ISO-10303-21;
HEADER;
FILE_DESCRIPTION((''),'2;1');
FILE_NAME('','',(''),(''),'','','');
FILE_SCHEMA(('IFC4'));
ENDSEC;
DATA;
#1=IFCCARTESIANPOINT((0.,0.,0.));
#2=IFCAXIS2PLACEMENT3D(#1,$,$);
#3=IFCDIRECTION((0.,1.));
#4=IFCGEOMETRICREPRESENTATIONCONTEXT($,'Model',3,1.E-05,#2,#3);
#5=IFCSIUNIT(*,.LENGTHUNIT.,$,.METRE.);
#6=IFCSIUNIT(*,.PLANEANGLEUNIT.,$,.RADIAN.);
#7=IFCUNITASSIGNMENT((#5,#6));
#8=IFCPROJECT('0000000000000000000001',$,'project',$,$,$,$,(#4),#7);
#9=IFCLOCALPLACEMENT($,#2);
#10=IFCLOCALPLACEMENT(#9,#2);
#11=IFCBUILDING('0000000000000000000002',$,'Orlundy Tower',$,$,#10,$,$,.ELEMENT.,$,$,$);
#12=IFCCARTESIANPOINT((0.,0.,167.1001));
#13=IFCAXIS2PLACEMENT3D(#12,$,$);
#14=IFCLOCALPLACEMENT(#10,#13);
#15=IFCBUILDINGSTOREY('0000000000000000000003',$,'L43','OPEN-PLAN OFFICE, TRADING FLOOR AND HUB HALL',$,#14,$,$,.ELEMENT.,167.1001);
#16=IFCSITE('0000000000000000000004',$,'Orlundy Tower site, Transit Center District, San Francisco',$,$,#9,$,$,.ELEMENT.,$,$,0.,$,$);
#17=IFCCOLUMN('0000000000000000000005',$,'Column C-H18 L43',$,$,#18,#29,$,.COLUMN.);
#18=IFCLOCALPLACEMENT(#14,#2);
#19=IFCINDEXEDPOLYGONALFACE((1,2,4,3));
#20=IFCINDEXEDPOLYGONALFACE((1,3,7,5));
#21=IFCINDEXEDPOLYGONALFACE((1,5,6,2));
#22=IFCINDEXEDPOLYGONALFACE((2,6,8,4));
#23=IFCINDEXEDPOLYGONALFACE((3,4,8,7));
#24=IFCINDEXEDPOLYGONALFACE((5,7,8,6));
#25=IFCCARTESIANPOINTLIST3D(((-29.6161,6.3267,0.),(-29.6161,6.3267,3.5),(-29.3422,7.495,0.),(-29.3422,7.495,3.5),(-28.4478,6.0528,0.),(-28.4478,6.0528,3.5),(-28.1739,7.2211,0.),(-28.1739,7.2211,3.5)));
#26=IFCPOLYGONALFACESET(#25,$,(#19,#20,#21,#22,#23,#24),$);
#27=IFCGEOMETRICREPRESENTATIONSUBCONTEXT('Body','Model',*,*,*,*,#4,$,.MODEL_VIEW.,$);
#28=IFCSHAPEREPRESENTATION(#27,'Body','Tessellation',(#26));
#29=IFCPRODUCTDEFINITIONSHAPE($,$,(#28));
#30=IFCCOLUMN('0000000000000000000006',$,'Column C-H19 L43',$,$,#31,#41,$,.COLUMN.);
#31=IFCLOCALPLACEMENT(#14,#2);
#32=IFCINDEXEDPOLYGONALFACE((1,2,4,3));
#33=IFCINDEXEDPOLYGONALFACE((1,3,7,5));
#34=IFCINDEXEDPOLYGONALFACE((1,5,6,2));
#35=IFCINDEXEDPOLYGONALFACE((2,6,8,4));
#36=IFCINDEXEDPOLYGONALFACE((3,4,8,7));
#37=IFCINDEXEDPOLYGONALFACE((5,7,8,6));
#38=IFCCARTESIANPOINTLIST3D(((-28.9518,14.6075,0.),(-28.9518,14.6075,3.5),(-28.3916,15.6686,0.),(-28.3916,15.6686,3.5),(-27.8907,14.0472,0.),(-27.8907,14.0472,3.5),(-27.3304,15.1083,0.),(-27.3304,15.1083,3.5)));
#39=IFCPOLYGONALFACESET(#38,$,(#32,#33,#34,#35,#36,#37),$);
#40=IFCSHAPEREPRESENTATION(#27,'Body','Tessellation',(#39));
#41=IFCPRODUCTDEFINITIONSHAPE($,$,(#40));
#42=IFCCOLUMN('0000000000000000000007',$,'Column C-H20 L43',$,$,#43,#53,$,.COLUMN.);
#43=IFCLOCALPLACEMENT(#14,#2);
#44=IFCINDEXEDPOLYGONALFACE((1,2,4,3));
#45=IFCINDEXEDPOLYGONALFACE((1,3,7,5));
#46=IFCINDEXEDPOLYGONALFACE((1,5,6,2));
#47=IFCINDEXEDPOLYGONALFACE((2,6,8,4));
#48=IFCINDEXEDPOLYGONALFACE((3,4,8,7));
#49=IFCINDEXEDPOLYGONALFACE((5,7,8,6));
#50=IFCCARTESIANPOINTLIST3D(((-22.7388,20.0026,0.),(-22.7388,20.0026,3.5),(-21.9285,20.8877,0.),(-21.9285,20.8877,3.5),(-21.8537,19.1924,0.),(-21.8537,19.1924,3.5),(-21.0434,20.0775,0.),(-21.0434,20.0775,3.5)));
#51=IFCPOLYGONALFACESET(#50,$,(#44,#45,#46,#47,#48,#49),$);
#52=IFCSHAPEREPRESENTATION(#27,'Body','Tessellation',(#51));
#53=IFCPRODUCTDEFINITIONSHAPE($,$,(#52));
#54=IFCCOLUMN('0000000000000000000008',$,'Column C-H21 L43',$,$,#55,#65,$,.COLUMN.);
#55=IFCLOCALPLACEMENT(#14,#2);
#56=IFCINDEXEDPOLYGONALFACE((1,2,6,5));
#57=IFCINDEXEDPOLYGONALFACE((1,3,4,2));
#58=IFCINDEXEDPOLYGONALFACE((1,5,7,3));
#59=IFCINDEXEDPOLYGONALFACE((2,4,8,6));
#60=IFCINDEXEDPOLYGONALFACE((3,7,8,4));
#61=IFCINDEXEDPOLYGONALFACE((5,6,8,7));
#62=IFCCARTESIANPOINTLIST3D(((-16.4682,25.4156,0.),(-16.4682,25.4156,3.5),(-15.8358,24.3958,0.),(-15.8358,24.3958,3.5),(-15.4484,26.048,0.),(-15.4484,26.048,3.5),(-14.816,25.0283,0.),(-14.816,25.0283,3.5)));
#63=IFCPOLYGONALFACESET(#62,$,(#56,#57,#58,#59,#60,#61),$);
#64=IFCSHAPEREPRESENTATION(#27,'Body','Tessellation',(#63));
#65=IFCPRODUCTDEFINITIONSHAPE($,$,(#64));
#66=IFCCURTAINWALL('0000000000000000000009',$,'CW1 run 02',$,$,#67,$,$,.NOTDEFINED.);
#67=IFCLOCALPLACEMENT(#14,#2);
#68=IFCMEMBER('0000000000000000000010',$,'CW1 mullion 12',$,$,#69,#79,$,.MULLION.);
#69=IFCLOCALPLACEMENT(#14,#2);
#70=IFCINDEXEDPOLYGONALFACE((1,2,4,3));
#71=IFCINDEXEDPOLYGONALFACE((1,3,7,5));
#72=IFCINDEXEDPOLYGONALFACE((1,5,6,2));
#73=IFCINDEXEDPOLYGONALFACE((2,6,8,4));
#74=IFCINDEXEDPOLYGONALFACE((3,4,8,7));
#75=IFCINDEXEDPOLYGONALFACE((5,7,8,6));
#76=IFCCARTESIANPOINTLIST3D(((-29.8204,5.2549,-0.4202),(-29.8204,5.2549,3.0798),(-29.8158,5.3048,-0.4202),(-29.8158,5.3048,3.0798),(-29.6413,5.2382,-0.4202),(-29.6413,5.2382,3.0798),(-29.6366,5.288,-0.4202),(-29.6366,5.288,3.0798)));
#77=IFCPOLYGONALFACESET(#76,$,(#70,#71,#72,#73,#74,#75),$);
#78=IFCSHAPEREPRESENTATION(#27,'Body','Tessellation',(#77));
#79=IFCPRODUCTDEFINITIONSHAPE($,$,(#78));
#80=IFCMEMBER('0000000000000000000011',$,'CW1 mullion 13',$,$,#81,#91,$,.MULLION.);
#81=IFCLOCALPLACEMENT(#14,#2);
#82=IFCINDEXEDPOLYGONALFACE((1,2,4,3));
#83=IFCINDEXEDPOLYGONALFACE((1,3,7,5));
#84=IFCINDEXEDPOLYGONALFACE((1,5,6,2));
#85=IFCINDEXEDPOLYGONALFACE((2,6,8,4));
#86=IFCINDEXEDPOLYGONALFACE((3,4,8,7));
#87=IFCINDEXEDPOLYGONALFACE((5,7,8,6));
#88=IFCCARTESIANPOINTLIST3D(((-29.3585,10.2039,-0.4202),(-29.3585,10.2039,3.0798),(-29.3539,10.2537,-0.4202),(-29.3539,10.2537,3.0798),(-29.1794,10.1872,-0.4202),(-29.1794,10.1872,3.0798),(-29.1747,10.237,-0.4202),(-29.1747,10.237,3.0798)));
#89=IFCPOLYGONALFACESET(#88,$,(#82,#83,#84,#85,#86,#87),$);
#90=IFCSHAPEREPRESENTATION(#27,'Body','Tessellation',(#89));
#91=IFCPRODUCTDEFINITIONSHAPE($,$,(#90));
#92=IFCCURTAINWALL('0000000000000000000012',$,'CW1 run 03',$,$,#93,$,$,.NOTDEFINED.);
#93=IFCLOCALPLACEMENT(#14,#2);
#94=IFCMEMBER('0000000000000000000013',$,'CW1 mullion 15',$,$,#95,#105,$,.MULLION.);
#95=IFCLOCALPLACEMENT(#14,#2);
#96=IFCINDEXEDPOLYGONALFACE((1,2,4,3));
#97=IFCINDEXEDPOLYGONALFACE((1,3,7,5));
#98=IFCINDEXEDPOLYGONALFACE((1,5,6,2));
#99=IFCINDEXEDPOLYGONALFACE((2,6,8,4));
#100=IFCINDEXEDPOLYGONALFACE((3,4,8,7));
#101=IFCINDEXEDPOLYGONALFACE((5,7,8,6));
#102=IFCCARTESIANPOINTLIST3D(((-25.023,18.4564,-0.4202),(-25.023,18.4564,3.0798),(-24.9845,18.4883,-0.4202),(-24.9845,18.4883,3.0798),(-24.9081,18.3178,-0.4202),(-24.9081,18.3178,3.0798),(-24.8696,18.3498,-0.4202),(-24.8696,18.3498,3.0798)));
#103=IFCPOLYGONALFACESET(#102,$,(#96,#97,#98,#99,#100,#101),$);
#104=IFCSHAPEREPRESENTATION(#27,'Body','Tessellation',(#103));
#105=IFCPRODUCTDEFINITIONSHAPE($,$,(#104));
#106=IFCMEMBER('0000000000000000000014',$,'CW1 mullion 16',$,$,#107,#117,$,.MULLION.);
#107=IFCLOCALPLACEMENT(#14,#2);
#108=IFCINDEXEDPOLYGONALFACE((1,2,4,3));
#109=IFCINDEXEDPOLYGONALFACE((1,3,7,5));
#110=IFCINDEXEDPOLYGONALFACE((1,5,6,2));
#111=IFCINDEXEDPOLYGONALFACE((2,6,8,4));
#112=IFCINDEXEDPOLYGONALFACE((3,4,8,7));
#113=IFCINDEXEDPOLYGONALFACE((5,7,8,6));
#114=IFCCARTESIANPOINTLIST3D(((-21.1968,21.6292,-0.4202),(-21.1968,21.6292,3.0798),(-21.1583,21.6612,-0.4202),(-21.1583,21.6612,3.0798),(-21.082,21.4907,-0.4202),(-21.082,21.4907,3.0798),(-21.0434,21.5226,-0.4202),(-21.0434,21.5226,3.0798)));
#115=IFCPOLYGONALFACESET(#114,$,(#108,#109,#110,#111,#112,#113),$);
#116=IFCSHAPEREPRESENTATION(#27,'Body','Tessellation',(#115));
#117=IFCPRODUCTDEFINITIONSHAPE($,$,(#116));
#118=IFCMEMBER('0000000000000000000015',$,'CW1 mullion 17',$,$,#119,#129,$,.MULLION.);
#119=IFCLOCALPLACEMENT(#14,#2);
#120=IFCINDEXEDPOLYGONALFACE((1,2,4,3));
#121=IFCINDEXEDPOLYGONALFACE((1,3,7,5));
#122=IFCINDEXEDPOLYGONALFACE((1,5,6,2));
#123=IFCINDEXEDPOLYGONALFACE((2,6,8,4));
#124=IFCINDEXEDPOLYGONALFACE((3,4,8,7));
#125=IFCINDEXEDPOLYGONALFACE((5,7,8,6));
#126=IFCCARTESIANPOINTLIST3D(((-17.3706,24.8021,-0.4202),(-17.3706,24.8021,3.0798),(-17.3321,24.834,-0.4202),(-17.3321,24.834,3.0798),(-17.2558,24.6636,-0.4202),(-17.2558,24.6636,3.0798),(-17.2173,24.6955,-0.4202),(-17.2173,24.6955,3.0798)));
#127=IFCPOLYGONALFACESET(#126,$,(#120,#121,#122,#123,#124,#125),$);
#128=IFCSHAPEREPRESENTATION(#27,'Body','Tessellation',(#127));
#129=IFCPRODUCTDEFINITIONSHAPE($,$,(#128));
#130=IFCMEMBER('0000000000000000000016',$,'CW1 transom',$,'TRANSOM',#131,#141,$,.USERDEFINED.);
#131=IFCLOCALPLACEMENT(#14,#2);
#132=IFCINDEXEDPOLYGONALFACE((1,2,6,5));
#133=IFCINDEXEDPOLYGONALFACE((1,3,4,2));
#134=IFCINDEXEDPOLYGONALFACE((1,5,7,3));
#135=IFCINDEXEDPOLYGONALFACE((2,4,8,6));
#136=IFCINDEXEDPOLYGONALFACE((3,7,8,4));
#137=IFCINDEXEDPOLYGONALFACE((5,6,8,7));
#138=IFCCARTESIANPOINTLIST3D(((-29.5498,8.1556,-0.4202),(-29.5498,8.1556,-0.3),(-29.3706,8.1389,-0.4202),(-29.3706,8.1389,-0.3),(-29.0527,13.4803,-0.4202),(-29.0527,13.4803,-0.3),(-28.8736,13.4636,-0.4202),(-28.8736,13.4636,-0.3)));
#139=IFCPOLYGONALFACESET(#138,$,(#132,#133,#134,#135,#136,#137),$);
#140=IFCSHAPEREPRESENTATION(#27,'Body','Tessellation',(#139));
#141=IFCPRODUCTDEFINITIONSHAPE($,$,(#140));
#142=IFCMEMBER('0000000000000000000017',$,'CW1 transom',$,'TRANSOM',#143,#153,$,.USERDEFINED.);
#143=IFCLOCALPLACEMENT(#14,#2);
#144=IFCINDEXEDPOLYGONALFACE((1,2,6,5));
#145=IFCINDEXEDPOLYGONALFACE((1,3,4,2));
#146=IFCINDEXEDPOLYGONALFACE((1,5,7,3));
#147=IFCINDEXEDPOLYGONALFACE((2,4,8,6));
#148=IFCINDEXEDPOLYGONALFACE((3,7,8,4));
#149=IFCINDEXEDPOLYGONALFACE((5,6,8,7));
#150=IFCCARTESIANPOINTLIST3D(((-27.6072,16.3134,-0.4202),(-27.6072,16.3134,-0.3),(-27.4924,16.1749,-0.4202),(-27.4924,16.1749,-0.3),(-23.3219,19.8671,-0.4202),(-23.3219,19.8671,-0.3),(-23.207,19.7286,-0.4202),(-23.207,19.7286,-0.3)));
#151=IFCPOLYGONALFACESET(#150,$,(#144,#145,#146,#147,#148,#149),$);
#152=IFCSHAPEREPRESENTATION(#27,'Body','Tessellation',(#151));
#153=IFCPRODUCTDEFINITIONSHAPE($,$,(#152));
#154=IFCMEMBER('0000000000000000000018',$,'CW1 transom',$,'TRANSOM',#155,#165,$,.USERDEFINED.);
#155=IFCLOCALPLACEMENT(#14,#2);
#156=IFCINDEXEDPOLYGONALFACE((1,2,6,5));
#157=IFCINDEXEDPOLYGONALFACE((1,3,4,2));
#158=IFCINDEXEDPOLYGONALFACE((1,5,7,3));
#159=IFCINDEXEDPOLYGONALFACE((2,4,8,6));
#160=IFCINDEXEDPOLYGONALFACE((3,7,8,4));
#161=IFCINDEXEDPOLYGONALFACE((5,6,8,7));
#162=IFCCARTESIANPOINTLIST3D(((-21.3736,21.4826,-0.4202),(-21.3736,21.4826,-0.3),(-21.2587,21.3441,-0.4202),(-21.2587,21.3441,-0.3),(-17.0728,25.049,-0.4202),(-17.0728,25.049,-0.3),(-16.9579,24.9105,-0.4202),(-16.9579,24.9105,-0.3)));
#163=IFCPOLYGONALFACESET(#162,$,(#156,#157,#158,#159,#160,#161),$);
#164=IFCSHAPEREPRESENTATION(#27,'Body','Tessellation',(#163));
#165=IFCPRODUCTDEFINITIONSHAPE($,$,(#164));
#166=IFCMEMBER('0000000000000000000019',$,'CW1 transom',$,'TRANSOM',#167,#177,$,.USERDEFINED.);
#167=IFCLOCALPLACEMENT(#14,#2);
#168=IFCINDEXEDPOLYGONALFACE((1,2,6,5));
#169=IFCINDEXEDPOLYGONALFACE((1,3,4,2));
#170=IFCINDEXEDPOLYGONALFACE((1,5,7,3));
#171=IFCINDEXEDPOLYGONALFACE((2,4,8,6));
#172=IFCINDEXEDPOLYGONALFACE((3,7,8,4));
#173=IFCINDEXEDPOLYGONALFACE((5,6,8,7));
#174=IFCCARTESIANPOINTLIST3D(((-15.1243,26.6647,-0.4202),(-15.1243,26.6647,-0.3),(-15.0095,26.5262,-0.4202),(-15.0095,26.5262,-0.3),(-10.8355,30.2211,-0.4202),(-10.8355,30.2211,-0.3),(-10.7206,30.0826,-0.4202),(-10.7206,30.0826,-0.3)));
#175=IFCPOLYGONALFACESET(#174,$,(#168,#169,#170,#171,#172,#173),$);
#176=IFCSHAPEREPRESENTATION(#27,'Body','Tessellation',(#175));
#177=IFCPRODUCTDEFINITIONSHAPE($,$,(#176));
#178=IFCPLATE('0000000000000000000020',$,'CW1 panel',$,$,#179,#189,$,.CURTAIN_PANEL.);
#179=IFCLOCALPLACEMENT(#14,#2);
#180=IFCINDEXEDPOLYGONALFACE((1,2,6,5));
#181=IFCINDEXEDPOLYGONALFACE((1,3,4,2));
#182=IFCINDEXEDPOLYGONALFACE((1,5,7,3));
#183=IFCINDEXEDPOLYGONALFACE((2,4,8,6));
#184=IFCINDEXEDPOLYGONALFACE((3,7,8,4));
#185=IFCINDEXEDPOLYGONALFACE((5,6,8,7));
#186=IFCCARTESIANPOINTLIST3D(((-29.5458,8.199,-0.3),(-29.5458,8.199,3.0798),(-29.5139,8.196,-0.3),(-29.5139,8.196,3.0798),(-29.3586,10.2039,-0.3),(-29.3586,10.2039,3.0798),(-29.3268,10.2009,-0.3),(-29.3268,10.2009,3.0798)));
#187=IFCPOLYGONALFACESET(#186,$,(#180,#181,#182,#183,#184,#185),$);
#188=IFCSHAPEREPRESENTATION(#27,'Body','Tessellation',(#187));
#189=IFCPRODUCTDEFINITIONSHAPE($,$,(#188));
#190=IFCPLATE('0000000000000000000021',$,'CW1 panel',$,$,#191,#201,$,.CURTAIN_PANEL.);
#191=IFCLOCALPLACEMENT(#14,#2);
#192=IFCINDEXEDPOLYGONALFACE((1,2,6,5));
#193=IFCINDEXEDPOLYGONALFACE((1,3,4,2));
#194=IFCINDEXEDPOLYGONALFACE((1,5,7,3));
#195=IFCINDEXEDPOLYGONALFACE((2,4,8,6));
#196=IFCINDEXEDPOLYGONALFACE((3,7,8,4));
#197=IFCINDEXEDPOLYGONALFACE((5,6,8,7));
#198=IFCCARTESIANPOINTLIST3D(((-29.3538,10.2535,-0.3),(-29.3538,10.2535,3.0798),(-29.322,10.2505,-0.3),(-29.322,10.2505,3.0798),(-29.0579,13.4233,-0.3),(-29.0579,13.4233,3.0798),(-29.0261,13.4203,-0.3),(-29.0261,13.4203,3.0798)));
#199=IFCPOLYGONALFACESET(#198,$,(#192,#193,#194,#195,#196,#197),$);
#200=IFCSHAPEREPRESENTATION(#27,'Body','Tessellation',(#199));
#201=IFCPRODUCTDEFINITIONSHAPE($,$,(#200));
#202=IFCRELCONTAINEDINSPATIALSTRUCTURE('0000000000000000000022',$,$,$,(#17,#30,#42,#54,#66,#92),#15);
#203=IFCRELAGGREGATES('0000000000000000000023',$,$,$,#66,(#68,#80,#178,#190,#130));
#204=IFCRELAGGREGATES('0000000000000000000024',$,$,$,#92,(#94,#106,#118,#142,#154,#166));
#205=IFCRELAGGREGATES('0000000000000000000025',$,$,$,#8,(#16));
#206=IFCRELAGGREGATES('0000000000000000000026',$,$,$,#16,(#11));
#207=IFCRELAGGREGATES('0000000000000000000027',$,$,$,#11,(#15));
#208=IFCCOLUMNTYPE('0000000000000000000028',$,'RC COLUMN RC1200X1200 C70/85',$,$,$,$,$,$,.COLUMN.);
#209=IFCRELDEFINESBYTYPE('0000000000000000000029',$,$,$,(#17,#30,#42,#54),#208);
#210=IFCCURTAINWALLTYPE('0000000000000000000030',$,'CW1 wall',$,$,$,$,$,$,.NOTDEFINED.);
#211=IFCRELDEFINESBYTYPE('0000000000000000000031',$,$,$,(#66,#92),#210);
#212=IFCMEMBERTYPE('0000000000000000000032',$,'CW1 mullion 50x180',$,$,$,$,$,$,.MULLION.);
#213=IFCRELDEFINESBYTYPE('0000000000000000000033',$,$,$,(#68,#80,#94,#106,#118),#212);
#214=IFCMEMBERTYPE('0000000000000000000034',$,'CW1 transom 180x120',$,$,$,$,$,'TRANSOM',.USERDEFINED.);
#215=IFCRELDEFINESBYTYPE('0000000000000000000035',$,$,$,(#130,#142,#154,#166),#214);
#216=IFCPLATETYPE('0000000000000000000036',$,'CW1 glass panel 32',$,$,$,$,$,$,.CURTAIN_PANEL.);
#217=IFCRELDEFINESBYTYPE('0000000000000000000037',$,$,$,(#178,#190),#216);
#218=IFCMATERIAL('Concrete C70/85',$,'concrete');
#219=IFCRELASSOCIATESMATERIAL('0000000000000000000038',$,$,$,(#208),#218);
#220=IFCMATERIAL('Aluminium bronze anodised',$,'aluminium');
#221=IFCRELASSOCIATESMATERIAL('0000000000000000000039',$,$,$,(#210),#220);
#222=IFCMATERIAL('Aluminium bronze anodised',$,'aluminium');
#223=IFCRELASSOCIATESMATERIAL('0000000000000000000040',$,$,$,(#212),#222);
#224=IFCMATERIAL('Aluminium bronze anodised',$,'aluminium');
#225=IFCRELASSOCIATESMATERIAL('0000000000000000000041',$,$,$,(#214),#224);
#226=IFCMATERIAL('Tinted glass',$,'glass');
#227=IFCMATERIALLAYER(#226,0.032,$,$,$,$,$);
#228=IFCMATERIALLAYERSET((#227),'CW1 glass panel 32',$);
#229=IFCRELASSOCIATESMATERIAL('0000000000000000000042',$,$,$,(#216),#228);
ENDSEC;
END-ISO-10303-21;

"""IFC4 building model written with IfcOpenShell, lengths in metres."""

from ifc_helpers import new_model, si_unit, direction, frame, origin, origin_2d, place, context, subcontext, project, spatial, rectangle, extrude, material, layer, layer_set, material_profile, profile_set, type_object, element, aggregate, save


model = new_model("IFC4")

# Units and contexts
model_context = context("Model", 3, precision=1e-05, world=origin(), true_north=direction((0.0, 1.0)))
body_context = subcontext(model_context, "Body", "Model", "MODEL_VIEW")
ifc_project = project(units=[si_unit("LENGTHUNIT", "METRE"), si_unit("PLANEANGLEUNIT", "RADIAN")], contexts=[model_context])

# Site, building, storey
site_placement = place(None, origin())
site = spatial("IfcSite", under=ifc_project, at=site_placement, Name="Orlundy Tower site, Transit Center District, San Francisco", CompositionType="ELEMENT", RefElevation=0.0)
building_placement = place(site_placement, origin())
building = spatial("IfcBuilding", under=site, at=building_placement, Name="Orlundy Tower", CompositionType="ELEMENT")
storey_placement = place(building_placement, frame((0.0, 0.0, 167.1001)))
storey = spatial("IfcBuildingStorey", under=building, at=storey_placement, Name="L43", Description="OPEN-PLAN OFFICE, TRADING FLOOR AND HUB HALL", CompositionType="ELEMENT", Elevation=167.1001)

# Columns
ifc_material_1 = material(Name="Concrete C70/85", Category="concrete")
ifc_material_profile_1 = material_profile(ifc_material_1, rectangle(XDim=1.2, YDim=1.2, at=origin_2d()), Name="RC1200X1200")
ifc_profile_set_1 = profile_set([ifc_material_profile_1], Name="Concrete C70/85")
column_type = type_object("IfcColumnType", Name="RC COLUMN RC1200X1200 C70/85", PredefinedType="COLUMN", material=ifc_profile_set_1)
for number, where, z_axis, x_axis, name in (
    (1, (-28.895, 6.7739, 0.0), (0.0, 0.0, 1.0), (-0.973603, 0.228249, 0.0), "Column C-H18 L43"),
    (2, (-28.1411, 14.8579, 0.0), (0.0, 0.0, 1.0), (-0.884312, 0.466896, 0.0), "Column C-H19 L43"),
    (3, (-21.8911, 20.04, 0.0), (0.0, 0.0, 1.0), (-0.737607, 0.67523, 0.0), "Column C-H20 L43"),
    (4, (-15.6421, 25.2219, 0.0), (0.0, 0.0, 1.0), (-0.527045, 0.849838, 0.0), "Column C-H21 L43"),
):
    element("IfcColumn", number, at=place(storey_placement, frame(where, z_axis=z_axis, x_axis=x_axis)), inside=storey, type_object=column_type, Name=name, PredefinedType="COLUMN", context=body_context, shape_type="SweptSolid", body=[
        extrude(rectangle(XDim=1.2, YDim=1.2, at=origin_2d()), origin(), (0.0, 0.0, 1.0), 3.5),
    ])

# Curtain walls, members
ifc_material_2 = material(Name="Aluminium bronze anodised", Category="aluminium")
curtain_wall_type = type_object("IfcCurtainWallType", Name="CW1 wall", PredefinedType="NOTDEFINED", material=ifc_material_2)
curtain_wall_1_placement = place(storey_placement, origin())
curtain_wall_1 = element("IfcCurtainWall", 5, at=curtain_wall_1_placement, inside=storey, type_object=curtain_wall_type, Name="CW1 run 02", PredefinedType="NOTDEFINED")
ifc_material_3 = material(Name="Aluminium bronze anodised", Category="aluminium")
ifc_material_profile_2 = material_profile(ifc_material_3, rectangle(XDim=0.1799, YDim=0.05, at=origin_2d()), Name="CW1 mullion 50x180")
ifc_profile_set_2 = profile_set([ifc_material_profile_2], Name="Aluminium bronze anodised")
member_type_1 = type_object("IfcMemberType", Name="CW1 mullion 50x180", PredefinedType="MULLION", material=ifc_profile_set_2)
member_1_placement = place(storey_placement, frame((-29.7285, 5.2715, -0.4202), z_axis=(0.0, 0.0, 1.0), x_axis=(-0.995671, 0.092948, 0.0)))
member_1 = element("IfcMember", 6, at=member_1_placement, type_object=member_type_1, Name="CW1 mullion 12", PredefinedType="MULLION", context=body_context, shape_type="SweptSolid", body=[
    extrude(rectangle(XDim=0.1799, YDim=0.05, at=origin_2d()), origin(), (0.0, 0.0, 1.0), 3.5),
])
member_2_placement = place(storey_placement, frame((-29.2666, 10.2205, -0.4202), z_axis=(0.0, 0.0, 1.0), x_axis=(-0.995671, 0.092948, 0.0)))
member_2 = element("IfcMember", 7, at=member_2_placement, type_object=member_type_1, Name="CW1 mullion 13", PredefinedType="MULLION", context=body_context, shape_type="SweptSolid", body=[
    extrude(rectangle(XDim=0.1799, YDim=0.05, at=origin_2d()), origin(), (0.0, 0.0, 1.0), 3.5),
])
curtain_wall_2_placement = place(storey_placement, origin())
curtain_wall_2 = element("IfcCurtainWall", 8, at=curtain_wall_2_placement, inside=storey, type_object=curtain_wall_type, Name="CW1 run 03", PredefinedType="NOTDEFINED")
member_3_placement = place(storey_placement, frame((-24.9463, 18.4031, -0.4202), z_axis=(0.0, 0.0, 1.0), x_axis=(-0.638318, 0.769772, 0.0)))
member_3 = element("IfcMember", 9, at=member_3_placement, type_object=member_type_1, Name="CW1 mullion 15", PredefinedType="MULLION", context=body_context, shape_type="SweptSolid", body=[
    extrude(rectangle(XDim=0.1799, YDim=0.05, at=origin_2d()), origin(), (0.0, 0.0, 1.0), 3.5),
])
member_4_placement = place(storey_placement, frame((-21.1201, 21.5759, -0.4202), z_axis=(0.0, 0.0, 1.0), x_axis=(-0.638318, 0.769772, 0.0)))
member_4 = element("IfcMember", 10, at=member_4_placement, type_object=member_type_1, Name="CW1 mullion 16", PredefinedType="MULLION", context=body_context, shape_type="SweptSolid", body=[
    extrude(rectangle(XDim=0.1799, YDim=0.05, at=origin_2d()), origin(), (0.0, 0.0, 1.0), 3.5),
])
member_5_placement = place(storey_placement, frame((-17.2939, 24.7488, -0.4202), z_axis=(0.0, 0.0, 1.0), x_axis=(-0.638318, 0.769772, 0.0)))
member_5 = element("IfcMember", 11, at=member_5_placement, type_object=member_type_1, Name="CW1 mullion 17", PredefinedType="MULLION", context=body_context, shape_type="SweptSolid", body=[
    extrude(rectangle(XDim=0.1799, YDim=0.05, at=origin_2d()), origin(), (0.0, 0.0, 1.0), 3.5),
])

# Members
ifc_material_4 = material(Name="Aluminium bronze anodised", Category="aluminium")
ifc_material_profile_3 = material_profile(ifc_material_4, rectangle(XDim=0.1799, YDim=0.1201, at=origin_2d()), Name="CW1 transom 180x120")
ifc_profile_set_3 = profile_set([ifc_material_profile_3], Name="Aluminium bronze anodised")
member_type_2 = type_object("IfcMemberType", Name="CW1 transom 180x120", ElementType="TRANSOM", PredefinedType="USERDEFINED", material=ifc_profile_set_3)
member_6_placement = place(storey_placement, frame((-29.4602, 8.1472, -0.3601), z_axis=(0.092948, 0.995671, 0.0), x_axis=(-0.995671, 0.092948, 0.0)))
member_6 = element("IfcMember", 12, at=member_6_placement, type_object=member_type_2, Name="CW1 transom", ObjectType="TRANSOM", PredefinedType="USERDEFINED", context=body_context, shape_type="SweptSolid", body=[
    extrude(rectangle(XDim=0.1799, YDim=0.1201, at=origin_2d()), origin(), (0.0, 0.0, 1.0), 5.3479),
])
member_7_placement = place(storey_placement, frame((-27.5498, 16.2441, -0.3601), z_axis=(0.769761, 0.638332, 0.0), x_axis=(-0.638332, 0.769761, 0.0)))
member_7 = element("IfcMember", 13, at=member_7_placement, type_object=member_type_2, Name="CW1 transom", ObjectType="TRANSOM", PredefinedType="USERDEFINED", context=body_context, shape_type="SweptSolid", body=[
    extrude(rectangle(XDim=0.1799, YDim=0.1201, at=origin_2d()), origin(), (0.0, 0.0, 1.0), 5.5671),
])
member_8_placement = place(storey_placement, frame((-21.3162, 21.4133, -0.3601), z_axis=(0.769766, 0.638326, 0.0), x_axis=(-0.638326, 0.769766, 0.0)))
member_8 = element("IfcMember", 14, at=member_8_placement, type_object=member_type_2, Name="CW1 transom", ObjectType="TRANSOM", PredefinedType="USERDEFINED", context=body_context, shape_type="SweptSolid", body=[
    extrude(rectangle(XDim=0.1799, YDim=0.1201, at=origin_2d()), origin(), (0.0, 0.0, 1.0), 5.5872),
])
member_9_placement = place(storey_placement, frame((-15.0669, 26.5955, -0.3601), z_axis=(0.769774, 0.638316, 0.0), x_axis=(-0.638316, 0.769774, 0.0)))
member_9 = element("IfcMember", 15, at=member_9_placement, type_object=member_type_2, Name="CW1 transom", ObjectType="TRANSOM", PredefinedType="USERDEFINED", context=body_context, shape_type="SweptSolid", body=[
    extrude(rectangle(XDim=0.1799, YDim=0.1201, at=origin_2d()), origin(), (0.0, 0.0, 1.0), 5.5715),
])

# Plates
ifc_material_5 = material(Name="Tinted glass", Category="glass")
ifc_layer_1 = layer(ifc_material_5, 0.032)
ifc_layer_set_1 = layer_set([ifc_layer_1], Name="CW1 glass panel 32")
plate_type = type_object("IfcPlateType", Name="CW1 glass panel 32", PredefinedType="CURTAIN_PANEL", material=ifc_layer_set_1)
plate_1_placement = place(storey_placement, frame((-29.4363, 9.2, -0.3), z_axis=(0.0, 0.0, 1.0), x_axis=(0.092948, 0.995671, 0.0)))
plate_1 = element("IfcPlate", 16, at=plate_1_placement, type_object=plate_type, Name="CW1 panel", PredefinedType="CURTAIN_PANEL", context=body_context, shape_type="SweptSolid", body=[
    extrude(rectangle(XDim=2.0137, YDim=0.032, at=origin_2d()), origin(), (0.0, 0.0, 1.0), 3.3799),
])
plate_2_placement = place(storey_placement, frame((-29.1899, 11.8369, -0.3), z_axis=(0.0, 0.0, 1.0), x_axis=(0.092948, 0.995671, 0.0)))
plate_2 = element("IfcPlate", 17, at=plate_2_placement, type_object=plate_type, Name="CW1 panel", PredefinedType="CURTAIN_PANEL", context=body_context, shape_type="SweptSolid", body=[
    extrude(rectangle(XDim=3.1836, YDim=0.032, at=origin_2d()), origin(), (0.0, 0.0, 1.0), 3.3799),
])
aggregate(curtain_wall_1, [member_1, member_2, plate_1, plate_2, member_6])
aggregate(curtain_wall_2, [member_3, member_4, member_5, member_7, member_8, member_9])

save(model, "model.ifc")
